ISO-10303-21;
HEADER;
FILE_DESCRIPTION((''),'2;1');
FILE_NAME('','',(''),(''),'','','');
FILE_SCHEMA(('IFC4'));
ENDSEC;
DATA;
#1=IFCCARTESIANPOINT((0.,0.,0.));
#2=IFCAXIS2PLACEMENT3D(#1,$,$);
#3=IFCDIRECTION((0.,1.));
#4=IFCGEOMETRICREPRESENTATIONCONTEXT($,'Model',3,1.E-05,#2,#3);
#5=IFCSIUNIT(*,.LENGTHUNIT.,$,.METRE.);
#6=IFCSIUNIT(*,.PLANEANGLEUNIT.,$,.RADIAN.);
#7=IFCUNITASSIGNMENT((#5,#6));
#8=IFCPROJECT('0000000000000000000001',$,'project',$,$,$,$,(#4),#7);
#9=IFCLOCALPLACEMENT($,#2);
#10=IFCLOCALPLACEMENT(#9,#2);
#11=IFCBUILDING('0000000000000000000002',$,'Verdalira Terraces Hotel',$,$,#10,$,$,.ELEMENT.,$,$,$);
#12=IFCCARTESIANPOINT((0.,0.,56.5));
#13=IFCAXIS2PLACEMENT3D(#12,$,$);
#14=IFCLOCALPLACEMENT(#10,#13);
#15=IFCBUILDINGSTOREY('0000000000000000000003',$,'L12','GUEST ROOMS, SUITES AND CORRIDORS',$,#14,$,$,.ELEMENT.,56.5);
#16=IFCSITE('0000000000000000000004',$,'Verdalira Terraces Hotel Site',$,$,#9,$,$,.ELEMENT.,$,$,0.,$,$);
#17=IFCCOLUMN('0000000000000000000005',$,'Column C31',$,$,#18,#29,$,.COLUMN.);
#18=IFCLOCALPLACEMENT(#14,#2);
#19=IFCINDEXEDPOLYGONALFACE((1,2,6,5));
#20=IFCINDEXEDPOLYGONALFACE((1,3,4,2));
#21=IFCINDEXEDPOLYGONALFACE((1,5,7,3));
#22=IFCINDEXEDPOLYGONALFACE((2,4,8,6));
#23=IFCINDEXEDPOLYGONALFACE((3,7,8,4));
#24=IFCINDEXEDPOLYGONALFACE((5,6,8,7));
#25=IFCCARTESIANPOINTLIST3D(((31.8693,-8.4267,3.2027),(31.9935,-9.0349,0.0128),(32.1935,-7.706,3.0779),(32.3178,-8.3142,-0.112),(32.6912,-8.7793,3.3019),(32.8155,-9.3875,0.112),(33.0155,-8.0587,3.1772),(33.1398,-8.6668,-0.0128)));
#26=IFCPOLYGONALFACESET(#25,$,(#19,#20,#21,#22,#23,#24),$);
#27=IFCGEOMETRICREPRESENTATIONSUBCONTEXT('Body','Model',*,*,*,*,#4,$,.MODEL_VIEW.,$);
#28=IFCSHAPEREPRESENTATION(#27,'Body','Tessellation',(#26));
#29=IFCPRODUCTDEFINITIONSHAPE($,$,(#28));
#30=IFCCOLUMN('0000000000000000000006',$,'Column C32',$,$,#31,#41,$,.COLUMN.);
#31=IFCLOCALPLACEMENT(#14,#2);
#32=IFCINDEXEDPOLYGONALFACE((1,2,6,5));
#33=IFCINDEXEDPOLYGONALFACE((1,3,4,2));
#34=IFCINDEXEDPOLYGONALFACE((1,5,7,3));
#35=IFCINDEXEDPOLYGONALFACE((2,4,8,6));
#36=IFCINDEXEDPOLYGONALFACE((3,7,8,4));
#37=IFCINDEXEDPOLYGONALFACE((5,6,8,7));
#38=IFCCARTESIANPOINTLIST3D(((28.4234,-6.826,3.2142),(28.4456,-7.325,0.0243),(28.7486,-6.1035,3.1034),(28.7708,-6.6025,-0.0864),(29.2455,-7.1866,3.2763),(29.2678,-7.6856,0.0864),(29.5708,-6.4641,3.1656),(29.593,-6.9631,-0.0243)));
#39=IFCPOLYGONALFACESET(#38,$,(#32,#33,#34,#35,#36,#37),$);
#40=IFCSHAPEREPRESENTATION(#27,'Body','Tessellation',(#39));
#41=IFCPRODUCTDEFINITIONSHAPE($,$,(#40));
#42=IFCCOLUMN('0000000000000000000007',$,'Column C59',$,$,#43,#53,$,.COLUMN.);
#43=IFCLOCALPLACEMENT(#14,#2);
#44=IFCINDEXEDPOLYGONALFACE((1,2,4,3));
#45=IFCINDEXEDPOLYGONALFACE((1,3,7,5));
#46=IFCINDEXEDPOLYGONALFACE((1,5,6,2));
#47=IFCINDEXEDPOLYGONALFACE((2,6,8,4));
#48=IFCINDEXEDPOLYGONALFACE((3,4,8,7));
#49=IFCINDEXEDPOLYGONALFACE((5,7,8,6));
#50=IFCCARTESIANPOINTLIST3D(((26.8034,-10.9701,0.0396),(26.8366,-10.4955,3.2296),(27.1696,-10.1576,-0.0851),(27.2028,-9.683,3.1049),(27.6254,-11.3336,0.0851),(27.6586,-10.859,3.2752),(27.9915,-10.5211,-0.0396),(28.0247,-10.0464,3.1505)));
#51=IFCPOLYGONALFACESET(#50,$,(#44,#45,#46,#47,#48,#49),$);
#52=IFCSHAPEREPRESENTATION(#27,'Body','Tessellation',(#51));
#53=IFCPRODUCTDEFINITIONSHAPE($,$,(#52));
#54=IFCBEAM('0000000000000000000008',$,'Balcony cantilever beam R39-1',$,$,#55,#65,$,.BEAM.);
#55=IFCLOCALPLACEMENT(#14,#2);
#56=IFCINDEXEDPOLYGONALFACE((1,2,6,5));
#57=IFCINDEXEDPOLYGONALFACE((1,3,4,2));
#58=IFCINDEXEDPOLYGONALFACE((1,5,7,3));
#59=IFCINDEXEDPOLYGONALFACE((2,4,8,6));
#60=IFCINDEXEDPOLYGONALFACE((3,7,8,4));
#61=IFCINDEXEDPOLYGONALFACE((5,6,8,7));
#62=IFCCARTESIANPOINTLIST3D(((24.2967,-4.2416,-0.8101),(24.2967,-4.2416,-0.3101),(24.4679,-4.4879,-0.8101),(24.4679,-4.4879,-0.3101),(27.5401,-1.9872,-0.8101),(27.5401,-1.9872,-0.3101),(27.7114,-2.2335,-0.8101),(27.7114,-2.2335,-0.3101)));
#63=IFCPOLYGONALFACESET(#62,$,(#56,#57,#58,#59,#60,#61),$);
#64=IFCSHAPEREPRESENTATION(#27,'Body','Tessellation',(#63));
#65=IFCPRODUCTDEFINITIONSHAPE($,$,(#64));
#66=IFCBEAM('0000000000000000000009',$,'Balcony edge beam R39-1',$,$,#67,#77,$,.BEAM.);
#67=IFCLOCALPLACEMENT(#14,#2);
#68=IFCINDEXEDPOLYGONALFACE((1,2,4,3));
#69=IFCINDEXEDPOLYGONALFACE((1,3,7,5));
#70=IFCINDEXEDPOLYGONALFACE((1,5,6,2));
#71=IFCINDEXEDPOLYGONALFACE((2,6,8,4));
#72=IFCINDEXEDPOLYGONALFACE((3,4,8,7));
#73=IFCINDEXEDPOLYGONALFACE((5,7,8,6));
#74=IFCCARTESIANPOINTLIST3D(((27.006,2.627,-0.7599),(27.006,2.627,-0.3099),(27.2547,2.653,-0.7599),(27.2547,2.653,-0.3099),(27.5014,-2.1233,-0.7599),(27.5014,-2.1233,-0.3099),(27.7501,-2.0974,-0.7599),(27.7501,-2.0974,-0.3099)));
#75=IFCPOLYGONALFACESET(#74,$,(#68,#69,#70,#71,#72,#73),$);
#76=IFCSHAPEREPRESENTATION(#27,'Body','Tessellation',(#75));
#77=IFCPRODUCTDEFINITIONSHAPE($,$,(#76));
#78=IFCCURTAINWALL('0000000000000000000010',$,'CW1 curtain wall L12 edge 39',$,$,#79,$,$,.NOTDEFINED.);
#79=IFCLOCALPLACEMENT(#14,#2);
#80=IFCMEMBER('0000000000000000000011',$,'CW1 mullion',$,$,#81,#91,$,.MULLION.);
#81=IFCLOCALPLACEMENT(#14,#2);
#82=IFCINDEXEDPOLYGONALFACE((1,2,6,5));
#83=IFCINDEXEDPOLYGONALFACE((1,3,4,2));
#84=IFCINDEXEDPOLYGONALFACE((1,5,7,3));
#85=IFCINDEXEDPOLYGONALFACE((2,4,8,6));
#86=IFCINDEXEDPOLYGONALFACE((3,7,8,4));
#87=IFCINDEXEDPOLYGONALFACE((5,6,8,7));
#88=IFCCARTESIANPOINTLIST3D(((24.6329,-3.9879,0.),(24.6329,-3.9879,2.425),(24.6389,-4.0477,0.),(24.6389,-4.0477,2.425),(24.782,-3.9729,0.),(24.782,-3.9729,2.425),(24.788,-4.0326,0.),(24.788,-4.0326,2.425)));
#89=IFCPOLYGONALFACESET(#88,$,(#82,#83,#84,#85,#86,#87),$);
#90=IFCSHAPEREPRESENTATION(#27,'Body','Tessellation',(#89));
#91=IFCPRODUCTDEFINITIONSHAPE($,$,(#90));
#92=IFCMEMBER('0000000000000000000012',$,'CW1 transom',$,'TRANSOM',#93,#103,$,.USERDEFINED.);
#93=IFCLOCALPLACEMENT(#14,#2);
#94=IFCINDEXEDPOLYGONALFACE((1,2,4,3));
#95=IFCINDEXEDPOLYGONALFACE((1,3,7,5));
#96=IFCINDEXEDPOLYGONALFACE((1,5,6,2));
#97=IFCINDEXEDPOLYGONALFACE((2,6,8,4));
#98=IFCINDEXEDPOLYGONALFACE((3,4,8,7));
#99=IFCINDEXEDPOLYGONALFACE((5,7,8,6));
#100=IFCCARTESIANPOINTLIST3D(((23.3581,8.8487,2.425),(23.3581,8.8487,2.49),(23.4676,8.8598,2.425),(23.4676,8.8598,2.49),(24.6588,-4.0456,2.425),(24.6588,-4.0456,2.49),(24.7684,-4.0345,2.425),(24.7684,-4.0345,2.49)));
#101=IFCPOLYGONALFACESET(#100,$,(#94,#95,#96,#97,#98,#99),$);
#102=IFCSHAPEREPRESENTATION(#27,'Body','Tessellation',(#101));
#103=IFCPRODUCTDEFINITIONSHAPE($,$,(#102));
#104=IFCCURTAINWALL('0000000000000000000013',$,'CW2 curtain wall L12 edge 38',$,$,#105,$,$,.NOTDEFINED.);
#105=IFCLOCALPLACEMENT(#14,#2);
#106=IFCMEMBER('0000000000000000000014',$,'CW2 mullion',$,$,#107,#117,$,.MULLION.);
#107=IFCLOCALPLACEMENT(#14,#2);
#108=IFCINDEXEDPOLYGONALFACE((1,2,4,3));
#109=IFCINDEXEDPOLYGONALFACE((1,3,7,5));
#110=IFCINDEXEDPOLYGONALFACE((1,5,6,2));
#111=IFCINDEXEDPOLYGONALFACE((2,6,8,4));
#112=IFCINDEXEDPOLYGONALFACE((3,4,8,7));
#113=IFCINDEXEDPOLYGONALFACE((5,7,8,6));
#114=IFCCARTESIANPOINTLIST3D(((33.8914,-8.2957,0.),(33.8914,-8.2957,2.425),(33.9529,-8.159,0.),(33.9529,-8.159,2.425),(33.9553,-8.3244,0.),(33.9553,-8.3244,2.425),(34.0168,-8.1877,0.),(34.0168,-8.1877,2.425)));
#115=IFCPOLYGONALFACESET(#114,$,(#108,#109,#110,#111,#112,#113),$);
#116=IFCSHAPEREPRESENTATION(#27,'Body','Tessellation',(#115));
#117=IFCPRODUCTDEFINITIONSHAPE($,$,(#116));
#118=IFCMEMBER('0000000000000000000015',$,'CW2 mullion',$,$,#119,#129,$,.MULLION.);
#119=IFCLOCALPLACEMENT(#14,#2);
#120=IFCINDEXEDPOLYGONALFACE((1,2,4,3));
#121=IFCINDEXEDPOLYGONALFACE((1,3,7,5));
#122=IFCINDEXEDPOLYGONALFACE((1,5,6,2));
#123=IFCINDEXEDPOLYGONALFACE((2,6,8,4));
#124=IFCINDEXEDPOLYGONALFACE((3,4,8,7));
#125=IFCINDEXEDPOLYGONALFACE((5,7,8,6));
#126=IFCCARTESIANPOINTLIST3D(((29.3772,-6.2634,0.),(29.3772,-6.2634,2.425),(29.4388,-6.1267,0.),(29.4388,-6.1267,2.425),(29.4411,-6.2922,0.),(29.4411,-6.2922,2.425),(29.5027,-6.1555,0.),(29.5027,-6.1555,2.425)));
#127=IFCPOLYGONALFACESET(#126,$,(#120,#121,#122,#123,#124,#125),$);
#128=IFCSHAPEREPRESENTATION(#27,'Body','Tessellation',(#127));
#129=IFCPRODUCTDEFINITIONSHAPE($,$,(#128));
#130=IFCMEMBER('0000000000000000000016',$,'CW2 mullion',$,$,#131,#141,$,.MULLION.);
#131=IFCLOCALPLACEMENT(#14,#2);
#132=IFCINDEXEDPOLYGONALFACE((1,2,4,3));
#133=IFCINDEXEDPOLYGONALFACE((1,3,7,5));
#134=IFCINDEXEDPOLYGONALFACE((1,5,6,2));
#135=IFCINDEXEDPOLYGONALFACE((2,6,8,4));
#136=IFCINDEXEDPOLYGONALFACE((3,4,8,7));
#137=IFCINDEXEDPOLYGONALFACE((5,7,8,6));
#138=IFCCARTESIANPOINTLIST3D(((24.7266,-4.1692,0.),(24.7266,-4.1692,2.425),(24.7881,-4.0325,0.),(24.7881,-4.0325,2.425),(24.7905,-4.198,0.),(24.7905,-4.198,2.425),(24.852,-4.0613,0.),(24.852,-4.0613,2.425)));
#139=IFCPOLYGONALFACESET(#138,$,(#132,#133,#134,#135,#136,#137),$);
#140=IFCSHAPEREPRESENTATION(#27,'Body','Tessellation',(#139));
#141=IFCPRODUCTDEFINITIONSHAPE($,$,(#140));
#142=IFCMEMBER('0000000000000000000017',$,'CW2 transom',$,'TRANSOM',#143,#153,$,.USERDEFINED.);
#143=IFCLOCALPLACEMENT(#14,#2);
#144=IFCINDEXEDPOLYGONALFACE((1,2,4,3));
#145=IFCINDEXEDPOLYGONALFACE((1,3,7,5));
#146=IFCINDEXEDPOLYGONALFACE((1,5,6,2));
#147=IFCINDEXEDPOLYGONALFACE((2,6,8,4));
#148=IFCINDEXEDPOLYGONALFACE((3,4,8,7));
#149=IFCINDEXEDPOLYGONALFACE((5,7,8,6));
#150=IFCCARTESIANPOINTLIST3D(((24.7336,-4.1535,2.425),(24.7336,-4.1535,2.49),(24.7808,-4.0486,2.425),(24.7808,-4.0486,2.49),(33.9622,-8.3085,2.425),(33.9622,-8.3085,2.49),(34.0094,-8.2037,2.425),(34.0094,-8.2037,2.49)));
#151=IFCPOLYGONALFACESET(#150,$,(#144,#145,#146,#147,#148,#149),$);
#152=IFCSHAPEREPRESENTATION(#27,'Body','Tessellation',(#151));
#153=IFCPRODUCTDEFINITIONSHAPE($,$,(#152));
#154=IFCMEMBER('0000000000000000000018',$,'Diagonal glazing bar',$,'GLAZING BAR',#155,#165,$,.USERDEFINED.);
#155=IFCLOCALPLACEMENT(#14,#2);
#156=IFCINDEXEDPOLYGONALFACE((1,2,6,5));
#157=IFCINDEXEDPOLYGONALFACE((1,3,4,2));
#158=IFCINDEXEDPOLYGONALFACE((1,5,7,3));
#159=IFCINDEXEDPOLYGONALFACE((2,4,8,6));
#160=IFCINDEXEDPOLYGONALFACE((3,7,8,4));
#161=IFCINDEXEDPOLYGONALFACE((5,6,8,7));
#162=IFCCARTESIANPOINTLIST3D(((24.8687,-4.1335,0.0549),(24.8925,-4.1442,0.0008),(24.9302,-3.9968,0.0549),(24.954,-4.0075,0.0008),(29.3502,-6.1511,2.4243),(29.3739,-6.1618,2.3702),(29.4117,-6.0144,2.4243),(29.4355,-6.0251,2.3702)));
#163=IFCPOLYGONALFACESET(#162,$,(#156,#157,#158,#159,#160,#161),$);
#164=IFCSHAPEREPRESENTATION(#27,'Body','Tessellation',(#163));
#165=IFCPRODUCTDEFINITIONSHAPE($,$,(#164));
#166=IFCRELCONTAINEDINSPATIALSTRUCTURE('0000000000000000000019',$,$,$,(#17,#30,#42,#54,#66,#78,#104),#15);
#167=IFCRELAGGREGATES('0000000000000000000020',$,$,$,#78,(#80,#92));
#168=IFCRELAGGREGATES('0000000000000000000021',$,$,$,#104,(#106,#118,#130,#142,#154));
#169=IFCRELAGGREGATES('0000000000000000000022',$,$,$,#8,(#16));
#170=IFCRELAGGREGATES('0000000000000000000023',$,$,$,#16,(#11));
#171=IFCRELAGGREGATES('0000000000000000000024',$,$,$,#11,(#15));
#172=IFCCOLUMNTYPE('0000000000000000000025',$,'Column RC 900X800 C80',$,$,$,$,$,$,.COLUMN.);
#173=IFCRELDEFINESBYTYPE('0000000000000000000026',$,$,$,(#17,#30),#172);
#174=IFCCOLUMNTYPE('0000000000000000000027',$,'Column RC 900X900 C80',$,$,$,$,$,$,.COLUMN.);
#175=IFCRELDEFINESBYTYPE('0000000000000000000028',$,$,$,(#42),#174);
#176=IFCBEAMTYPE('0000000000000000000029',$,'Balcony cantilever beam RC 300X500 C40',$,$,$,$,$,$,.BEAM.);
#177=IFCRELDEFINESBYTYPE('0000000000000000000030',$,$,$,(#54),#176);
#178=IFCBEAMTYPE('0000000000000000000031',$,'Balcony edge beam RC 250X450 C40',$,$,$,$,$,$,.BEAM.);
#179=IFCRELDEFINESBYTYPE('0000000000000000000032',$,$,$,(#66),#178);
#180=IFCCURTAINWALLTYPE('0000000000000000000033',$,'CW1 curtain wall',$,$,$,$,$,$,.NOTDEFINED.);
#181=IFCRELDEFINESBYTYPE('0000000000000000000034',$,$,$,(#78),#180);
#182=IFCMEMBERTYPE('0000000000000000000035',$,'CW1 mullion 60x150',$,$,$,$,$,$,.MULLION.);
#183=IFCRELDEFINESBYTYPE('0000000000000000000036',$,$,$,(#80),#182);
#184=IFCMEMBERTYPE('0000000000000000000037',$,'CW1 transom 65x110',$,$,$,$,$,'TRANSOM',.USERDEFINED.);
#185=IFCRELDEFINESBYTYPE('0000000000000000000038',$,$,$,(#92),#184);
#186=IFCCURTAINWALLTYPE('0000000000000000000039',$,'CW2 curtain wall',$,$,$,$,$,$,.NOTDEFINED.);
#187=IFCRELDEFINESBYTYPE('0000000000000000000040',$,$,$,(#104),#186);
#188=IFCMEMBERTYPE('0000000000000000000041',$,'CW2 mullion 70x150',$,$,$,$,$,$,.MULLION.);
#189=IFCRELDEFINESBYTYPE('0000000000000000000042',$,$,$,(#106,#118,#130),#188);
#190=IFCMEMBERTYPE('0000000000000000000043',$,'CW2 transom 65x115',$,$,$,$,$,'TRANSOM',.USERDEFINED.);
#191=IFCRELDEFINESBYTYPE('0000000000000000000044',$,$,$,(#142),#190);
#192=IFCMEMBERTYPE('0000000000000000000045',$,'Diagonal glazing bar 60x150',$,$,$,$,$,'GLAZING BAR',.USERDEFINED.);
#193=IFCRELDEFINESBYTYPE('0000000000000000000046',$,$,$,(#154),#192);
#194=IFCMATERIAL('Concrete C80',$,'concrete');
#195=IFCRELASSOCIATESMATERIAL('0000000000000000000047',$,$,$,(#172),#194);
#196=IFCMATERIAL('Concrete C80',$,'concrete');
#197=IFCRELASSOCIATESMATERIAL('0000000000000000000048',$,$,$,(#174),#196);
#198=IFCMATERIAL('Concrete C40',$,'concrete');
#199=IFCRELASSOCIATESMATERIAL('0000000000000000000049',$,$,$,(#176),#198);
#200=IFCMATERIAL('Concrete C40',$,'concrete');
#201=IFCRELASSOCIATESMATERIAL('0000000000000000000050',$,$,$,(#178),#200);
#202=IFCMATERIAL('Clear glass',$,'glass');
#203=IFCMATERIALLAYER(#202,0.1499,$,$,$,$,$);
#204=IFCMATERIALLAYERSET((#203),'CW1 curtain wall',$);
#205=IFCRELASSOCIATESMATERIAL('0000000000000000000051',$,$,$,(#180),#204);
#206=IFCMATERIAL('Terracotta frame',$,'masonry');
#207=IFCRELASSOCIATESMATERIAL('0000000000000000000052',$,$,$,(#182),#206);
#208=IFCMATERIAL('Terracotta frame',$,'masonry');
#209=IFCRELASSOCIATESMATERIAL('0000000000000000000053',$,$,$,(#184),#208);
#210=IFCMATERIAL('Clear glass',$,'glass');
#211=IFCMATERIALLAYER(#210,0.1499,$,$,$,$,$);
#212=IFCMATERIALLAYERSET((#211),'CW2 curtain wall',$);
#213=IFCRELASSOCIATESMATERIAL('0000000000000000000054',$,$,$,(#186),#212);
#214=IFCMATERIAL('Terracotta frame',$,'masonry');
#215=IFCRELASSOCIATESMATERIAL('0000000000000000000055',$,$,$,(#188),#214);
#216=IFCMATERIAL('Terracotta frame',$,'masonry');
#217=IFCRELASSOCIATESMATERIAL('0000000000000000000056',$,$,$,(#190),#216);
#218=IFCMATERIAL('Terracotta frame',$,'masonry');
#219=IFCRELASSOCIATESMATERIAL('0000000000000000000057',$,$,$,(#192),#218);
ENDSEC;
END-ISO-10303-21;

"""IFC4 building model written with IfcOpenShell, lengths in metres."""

from ifc_helpers import new_model, si_unit, direction, frame, origin, origin_2d, place, context, subcontext, project, spatial, rectangle, extrude, material, layer, layer_set, material_profile, profile_set, type_object, element, aggregate, save


model = new_model("IFC4")

# Units and contexts
model_context = context("Model", 3, precision=1e-05, world=origin(), true_north=direction((0.0, 1.0)))
body_context = subcontext(model_context, "Body", "Model", "MODEL_VIEW")
ifc_project = project(units=[si_unit("LENGTHUNIT", "METRE"), si_unit("PLANEANGLEUNIT", "RADIAN")], contexts=[model_context])

# Site, building, storey
site_placement = place(None, origin())
site = spatial("IfcSite", under=ifc_project, at=site_placement, Name="Verdalira Terraces Hotel Site", CompositionType="ELEMENT", RefElevation=0.0)
building_placement = place(site_placement, origin())
building = spatial("IfcBuilding", under=site, at=building_placement, Name="Verdalira Terraces Hotel", CompositionType="ELEMENT")
storey_placement = place(building_placement, frame((0.0, 0.0, 56.5)))
storey = spatial("IfcBuildingStorey", under=building, at=storey_placement, Name="L12", Description="GUEST ROOMS, SUITES AND CORRIDORS", CompositionType="ELEMENT", Elevation=56.5)

# Columns
ifc_material_1 = material(Name="Concrete C80", Category="concrete")
ifc_material_profile_1 = material_profile(ifc_material_1, rectangle(XDim=0.8999, YDim=0.8, at=origin_2d()), Name="RC 900X800")
ifc_profile_set_1 = profile_set([ifc_material_profile_1], Name="Concrete C80")
column_type_1 = type_object("IfcColumnType", Name="Column RC 900X800 C80", PredefinedType="COLUMN", material=ifc_profile_set_1)
column_1_placement = place(storey_placement, frame((32.5667, -8.8508, 0.0), z_axis=(-0.038239, 0.187138, 0.981589), x_axis=(-0.913393, 0.391854, -0.110288)))
element("IfcColumn", 1, at=column_1_placement, inside=storey, type_object=column_type_1, Name="Column C31", PredefinedType="COLUMN", context=body_context, shape_type="SweptSolid", body=[
    extrude(rectangle(XDim=0.8999, YDim=0.8, at=origin_2d()), origin(), (0.0, 0.0, 1.0), 3.2498),
])
column_2_placement = place(storey_placement, frame((29.0193, -7.144, 0.0), z_axis=(-0.006881, 0.154553, 0.987961), x_axis=(-0.913617, 0.400671, -0.069043)))
element("IfcColumn", 2, at=column_2_placement, inside=storey, type_object=column_type_1, Name="Column C32", PredefinedType="COLUMN", context=body_context, shape_type="SweptSolid", body=[
    extrude(rectangle(XDim=0.8999, YDim=0.8, at=origin_2d()), origin(), (0.0, 0.0, 1.0), 3.2288),
])
ifc_material_2 = material(Name="Concrete C80", Category="concrete")
ifc_material_profile_2 = material_profile(ifc_material_2, rectangle(XDim=0.8999, YDim=0.8999, at=origin_2d()), Name="RC 900X900")
ifc_profile_set_2 = profile_set([ifc_material_profile_2], Name="Concrete C80")
column_type_2 = type_object("IfcColumnType", Name="Column RC 900X900 C80", PredefinedType="COLUMN", material=ifc_profile_set_2)
column_3_placement = place(storey_placement, frame((27.3975, -10.7456, 0.0), z_axis=(0.010295, 0.147155, 0.98906), x_axis=(0.913415, -0.403875, 0.050582)))
element("IfcColumn", 3, at=column_3_placement, inside=storey, type_object=column_type_2, Name="Column C59", PredefinedType="COLUMN", context=body_context, shape_type="SweptSolid", body=[
    extrude(rectangle(XDim=0.8999, YDim=0.8999, at=origin_2d()), origin(), (0.0, 0.0, 1.0), 3.2253),
])

# Beams
ifc_material_3 = material(Name="Concrete C40", Category="concrete")
ifc_material_profile_3 = material_profile(ifc_material_3, rectangle(XDim=0.3, YDim=0.5, at=origin_2d()), Name="RC 300X500")
ifc_profile_set_3 = profile_set([ifc_material_profile_3], Name="Concrete C40")
beam_type_1 = type_object("IfcBeamType", Name="Balcony cantilever beam RC 300X500 C40", PredefinedType="BEAM", material=ifc_profile_set_3)
beam_1_placement = place(storey_placement, frame((24.3823, -4.3647, -0.5601), z_axis=(0.821129, 0.570742, 0.0), x_axis=(-0.570742, 0.821129, 0.0)))
element("IfcBeam", 4, at=beam_1_placement, inside=storey, type_object=beam_type_1, Name="Balcony cantilever beam R39-1", PredefinedType="BEAM", context=body_context, shape_type="SweptSolid", body=[
    extrude(rectangle(XDim=0.3, YDim=0.5, at=origin_2d()), origin(), (0.0, 0.0, 1.0), 3.95),
])
ifc_material_4 = material(Name="Concrete C40", Category="concrete")
ifc_material_profile_4 = material_profile(ifc_material_4, rectangle(XDim=0.25, YDim=0.45, at=origin_2d()), Name="RC 250X450")
ifc_profile_set_4 = profile_set([ifc_material_profile_4], Name="Concrete C40")
beam_type_2 = type_object("IfcBeamType", Name="Balcony edge beam RC 250X450 C40", PredefinedType="BEAM", material=ifc_profile_set_4)
beam_2_placement = place(storey_placement, frame((27.6257, -2.1104, -0.5349), z_axis=(-0.103719, 0.994607, 0.0), x_axis=(-0.994607, -0.103719, 0.0)))
element("IfcBeam", 5, at=beam_2_placement, inside=storey, type_object=beam_type_2, Name="Balcony edge beam R39-1", PredefinedType="BEAM", context=body_context, shape_type="SweptSolid", body=[
    extrude(rectangle(XDim=0.25, YDim=0.45, at=origin_2d()), origin(), (0.0, 0.0, 1.0), 4.7761),
])

# Curtain walls, members
ifc_material_5 = material(Name="Clear glass", Category="glass")
ifc_layer_1 = layer(ifc_material_5, 0.1499)
ifc_layer_set_1 = layer_set([ifc_layer_1], Name="CW1 curtain wall")
curtain_wall_type_1 = type_object("IfcCurtainWallType", Name="CW1 curtain wall", PredefinedType="NOTDEFINED", material=ifc_layer_set_1)
curtain_wall_1_placement = place(storey_placement, origin())
curtain_wall_1 = element("IfcCurtainWall", 6, at=curtain_wall_1_placement, inside=storey, type_object=curtain_wall_type_1, Name="CW1 curtain wall L12 edge 39", PredefinedType="NOTDEFINED")
ifc_material_6 = material(Name="Terracotta frame", Category="masonry")
ifc_material_profile_5 = material_profile(ifc_material_6, rectangle(XDim=0.0601, YDim=0.1499, at=origin_2d()), Name="MU 60x150")
ifc_profile_set_5 = profile_set([ifc_material_profile_5], Name="Terracotta frame")
member_type_1 = type_object("IfcMemberType", Name="CW1 mullion 60x150", PredefinedType="MULLION", material=ifc_profile_set_5)
member_1_placement = place(storey_placement, frame((24.7104, -4.0103, 0.0), z_axis=(0.0, 0.0, 1.0), x_axis=(-0.100362, 0.994951, 0.0)))
member_1 = element("IfcMember", 7, at=member_1_placement, type_object=member_type_1, Name="CW1 mullion", PredefinedType="MULLION", context=body_context, shape_type="SweptSolid", body=[
    extrude(rectangle(XDim=0.0601, YDim=0.1499, at=origin_2d()), origin(), (0.0, 0.0, 1.0), 2.425),
])
ifc_material_7 = material(Name="Terracotta frame", Category="masonry")
ifc_material_profile_6 = material_profile(ifc_material_7, rectangle(XDim=0.1101, YDim=0.0649, at=origin_2d()), Name="TR 65x110")
ifc_profile_set_6 = profile_set([ifc_material_profile_6], Name="Terracotta frame")
member_type_2 = type_object("IfcMemberType", Name="CW1 transom 65x110", ElementType="TRANSOM", PredefinedType="USERDEFINED", material=ifc_profile_set_6)
member_2_placement = place(storey_placement, frame((24.7136, -4.04, 2.4575), z_axis=(-0.100371, 0.99495, 0.0), x_axis=(-0.99495, -0.100371, 0.0)))
member_2 = element("IfcMember", 8, at=member_2_placement, type_object=member_type_2, Name="CW1 transom", ObjectType="TRANSOM", PredefinedType="USERDEFINED", context=body_context, shape_type="SweptSolid", body=[
    extrude(rectangle(XDim=0.1101, YDim=0.0649, at=origin_2d()), origin(), (0.0, 0.0, 1.0), 12.9597),
])
ifc_material_8 = material(Name="Clear glass", Category="glass")
ifc_layer_2 = layer(ifc_material_8, 0.1499)
ifc_layer_set_2 = layer_set([ifc_layer_2], Name="CW2 curtain wall")
curtain_wall_type_2 = type_object("IfcCurtainWallType", Name="CW2 curtain wall", PredefinedType="NOTDEFINED", material=ifc_layer_set_2)
curtain_wall_2_placement = place(storey_placement, origin())
curtain_wall_2 = element("IfcCurtainWall", 9, at=curtain_wall_2_placement, inside=storey, type_object=curtain_wall_type_2, Name="CW2 curtain wall L12 edge 38", PredefinedType="NOTDEFINED")
ifc_material_9 = material(Name="Terracotta frame", Category="masonry")
ifc_material_profile_7 = material_profile(ifc_material_9, rectangle(XDim=0.0701, YDim=0.1499, at=origin_2d()), Name="MU 70x150")
ifc_profile_set_7 = profile_set([ifc_material_profile_7], Name="Terracotta frame")
member_type_3 = type_object("IfcMemberType", Name="CW2 mullion 70x150", PredefinedType="MULLION", material=ifc_profile_set_7)
member_3_placement = place(storey_placement, frame((33.9541, -8.2417, 0.0), z_axis=(0.0, 0.0, 1.0), x_axis=(-0.911834, 0.41056, 0.0)))
member_3 = element("IfcMember", 10, at=member_3_placement, type_object=member_type_3, Name="CW2 mullion", PredefinedType="MULLION", context=body_context, shape_type="SweptSolid", body=[
    extrude(rectangle(XDim=0.0701, YDim=0.1499, at=origin_2d()), origin(), (0.0, 0.0, 1.0), 2.425),
])
member_4_placement = place(storey_placement, frame((29.4399, -6.2095, 0.0), z_axis=(0.0, 0.0, 1.0), x_axis=(-0.911834, 0.41056, 0.0)))
member_4 = element("IfcMember", 11, at=member_4_placement, type_object=member_type_3, Name="CW2 mullion", PredefinedType="MULLION", context=body_context, shape_type="SweptSolid", body=[
    extrude(rectangle(XDim=0.0701, YDim=0.1499, at=origin_2d()), origin(), (0.0, 0.0, 1.0), 2.425),
])
member_5_placement = place(storey_placement, frame((24.7893, -4.1152, 0.0), z_axis=(0.0, 0.0, 1.0), x_axis=(-0.911834, 0.41056, 0.0)))
member_5 = element("IfcMember", 12, at=member_5_placement, type_object=member_type_3, Name="CW2 mullion", PredefinedType="MULLION", context=body_context, shape_type="SweptSolid", body=[
    extrude(rectangle(XDim=0.0701, YDim=0.1499, at=origin_2d()), origin(), (0.0, 0.0, 1.0), 2.425),
])
ifc_material_10 = material(Name="Terracotta frame", Category="masonry")
ifc_material_profile_8 = material_profile(ifc_material_10, rectangle(XDim=0.115, YDim=0.0649, at=origin_2d()), Name="TR 65x115")
ifc_profile_set_8 = profile_set([ifc_material_profile_8], Name="Terracotta frame")
member_type_4 = type_object("IfcMemberType", Name="CW2 transom 65x115", ElementType="TRANSOM", PredefinedType="USERDEFINED", material=ifc_profile_set_8)
member_6_placement = place(storey_placement, frame((33.9858, -8.2561, 2.4575), z_axis=(-0.91184, 0.410545, 0.0), x_axis=(-0.410545, -0.91184, 0.0)))
member_6 = element("IfcMember", 13, at=member_6_placement, type_object=member_type_4, Name="CW2 transom", ObjectType="TRANSOM", PredefinedType="USERDEFINED", context=body_context, shape_type="SweptSolid", body=[
    extrude(rectangle(XDim=0.115, YDim=0.0649, at=origin_2d()), origin(), (0.0, 0.0, 1.0), 10.1209),
])
ifc_material_11 = material(Name="Terracotta frame", Category="masonry")
ifc_material_profile_9 = material_profile(ifc_material_11, rectangle(XDim=0.1499, YDim=0.0601, at=origin_2d()), Name="GB 60x150")
ifc_profile_set_9 = profile_set([ifc_material_profile_9], Name="Terracotta frame")
member_type_5 = type_object("IfcMemberType", Name="Diagonal glazing bar 60x150", ElementType="GLAZING BAR", PredefinedType="USERDEFINED", material=ifc_profile_set_9)
member_7_placement = place(storey_placement, frame((29.3928, -6.0881, 2.3972), z_axis=(-0.821379, 0.369791, -0.434271), x_axis=(-0.410522, -0.911851, 0.0)))
member_7 = element("IfcMember", 14, at=member_7_placement, type_object=member_type_5, Name="Diagonal glazing bar", ObjectType="GLAZING BAR", PredefinedType="USERDEFINED", context=body_context, shape_type="SweptSolid", body=[
    extrude(rectangle(XDim=0.1499, YDim=0.0601, at=origin_2d()), origin(), (0.0, 0.0, 1.0), 5.4561),
])

aggregate(curtain_wall_1, [member_1, member_2])
aggregate(curtain_wall_2, [member_3, member_4, member_5, member_6, member_7])

save(model, "model.ifc")
